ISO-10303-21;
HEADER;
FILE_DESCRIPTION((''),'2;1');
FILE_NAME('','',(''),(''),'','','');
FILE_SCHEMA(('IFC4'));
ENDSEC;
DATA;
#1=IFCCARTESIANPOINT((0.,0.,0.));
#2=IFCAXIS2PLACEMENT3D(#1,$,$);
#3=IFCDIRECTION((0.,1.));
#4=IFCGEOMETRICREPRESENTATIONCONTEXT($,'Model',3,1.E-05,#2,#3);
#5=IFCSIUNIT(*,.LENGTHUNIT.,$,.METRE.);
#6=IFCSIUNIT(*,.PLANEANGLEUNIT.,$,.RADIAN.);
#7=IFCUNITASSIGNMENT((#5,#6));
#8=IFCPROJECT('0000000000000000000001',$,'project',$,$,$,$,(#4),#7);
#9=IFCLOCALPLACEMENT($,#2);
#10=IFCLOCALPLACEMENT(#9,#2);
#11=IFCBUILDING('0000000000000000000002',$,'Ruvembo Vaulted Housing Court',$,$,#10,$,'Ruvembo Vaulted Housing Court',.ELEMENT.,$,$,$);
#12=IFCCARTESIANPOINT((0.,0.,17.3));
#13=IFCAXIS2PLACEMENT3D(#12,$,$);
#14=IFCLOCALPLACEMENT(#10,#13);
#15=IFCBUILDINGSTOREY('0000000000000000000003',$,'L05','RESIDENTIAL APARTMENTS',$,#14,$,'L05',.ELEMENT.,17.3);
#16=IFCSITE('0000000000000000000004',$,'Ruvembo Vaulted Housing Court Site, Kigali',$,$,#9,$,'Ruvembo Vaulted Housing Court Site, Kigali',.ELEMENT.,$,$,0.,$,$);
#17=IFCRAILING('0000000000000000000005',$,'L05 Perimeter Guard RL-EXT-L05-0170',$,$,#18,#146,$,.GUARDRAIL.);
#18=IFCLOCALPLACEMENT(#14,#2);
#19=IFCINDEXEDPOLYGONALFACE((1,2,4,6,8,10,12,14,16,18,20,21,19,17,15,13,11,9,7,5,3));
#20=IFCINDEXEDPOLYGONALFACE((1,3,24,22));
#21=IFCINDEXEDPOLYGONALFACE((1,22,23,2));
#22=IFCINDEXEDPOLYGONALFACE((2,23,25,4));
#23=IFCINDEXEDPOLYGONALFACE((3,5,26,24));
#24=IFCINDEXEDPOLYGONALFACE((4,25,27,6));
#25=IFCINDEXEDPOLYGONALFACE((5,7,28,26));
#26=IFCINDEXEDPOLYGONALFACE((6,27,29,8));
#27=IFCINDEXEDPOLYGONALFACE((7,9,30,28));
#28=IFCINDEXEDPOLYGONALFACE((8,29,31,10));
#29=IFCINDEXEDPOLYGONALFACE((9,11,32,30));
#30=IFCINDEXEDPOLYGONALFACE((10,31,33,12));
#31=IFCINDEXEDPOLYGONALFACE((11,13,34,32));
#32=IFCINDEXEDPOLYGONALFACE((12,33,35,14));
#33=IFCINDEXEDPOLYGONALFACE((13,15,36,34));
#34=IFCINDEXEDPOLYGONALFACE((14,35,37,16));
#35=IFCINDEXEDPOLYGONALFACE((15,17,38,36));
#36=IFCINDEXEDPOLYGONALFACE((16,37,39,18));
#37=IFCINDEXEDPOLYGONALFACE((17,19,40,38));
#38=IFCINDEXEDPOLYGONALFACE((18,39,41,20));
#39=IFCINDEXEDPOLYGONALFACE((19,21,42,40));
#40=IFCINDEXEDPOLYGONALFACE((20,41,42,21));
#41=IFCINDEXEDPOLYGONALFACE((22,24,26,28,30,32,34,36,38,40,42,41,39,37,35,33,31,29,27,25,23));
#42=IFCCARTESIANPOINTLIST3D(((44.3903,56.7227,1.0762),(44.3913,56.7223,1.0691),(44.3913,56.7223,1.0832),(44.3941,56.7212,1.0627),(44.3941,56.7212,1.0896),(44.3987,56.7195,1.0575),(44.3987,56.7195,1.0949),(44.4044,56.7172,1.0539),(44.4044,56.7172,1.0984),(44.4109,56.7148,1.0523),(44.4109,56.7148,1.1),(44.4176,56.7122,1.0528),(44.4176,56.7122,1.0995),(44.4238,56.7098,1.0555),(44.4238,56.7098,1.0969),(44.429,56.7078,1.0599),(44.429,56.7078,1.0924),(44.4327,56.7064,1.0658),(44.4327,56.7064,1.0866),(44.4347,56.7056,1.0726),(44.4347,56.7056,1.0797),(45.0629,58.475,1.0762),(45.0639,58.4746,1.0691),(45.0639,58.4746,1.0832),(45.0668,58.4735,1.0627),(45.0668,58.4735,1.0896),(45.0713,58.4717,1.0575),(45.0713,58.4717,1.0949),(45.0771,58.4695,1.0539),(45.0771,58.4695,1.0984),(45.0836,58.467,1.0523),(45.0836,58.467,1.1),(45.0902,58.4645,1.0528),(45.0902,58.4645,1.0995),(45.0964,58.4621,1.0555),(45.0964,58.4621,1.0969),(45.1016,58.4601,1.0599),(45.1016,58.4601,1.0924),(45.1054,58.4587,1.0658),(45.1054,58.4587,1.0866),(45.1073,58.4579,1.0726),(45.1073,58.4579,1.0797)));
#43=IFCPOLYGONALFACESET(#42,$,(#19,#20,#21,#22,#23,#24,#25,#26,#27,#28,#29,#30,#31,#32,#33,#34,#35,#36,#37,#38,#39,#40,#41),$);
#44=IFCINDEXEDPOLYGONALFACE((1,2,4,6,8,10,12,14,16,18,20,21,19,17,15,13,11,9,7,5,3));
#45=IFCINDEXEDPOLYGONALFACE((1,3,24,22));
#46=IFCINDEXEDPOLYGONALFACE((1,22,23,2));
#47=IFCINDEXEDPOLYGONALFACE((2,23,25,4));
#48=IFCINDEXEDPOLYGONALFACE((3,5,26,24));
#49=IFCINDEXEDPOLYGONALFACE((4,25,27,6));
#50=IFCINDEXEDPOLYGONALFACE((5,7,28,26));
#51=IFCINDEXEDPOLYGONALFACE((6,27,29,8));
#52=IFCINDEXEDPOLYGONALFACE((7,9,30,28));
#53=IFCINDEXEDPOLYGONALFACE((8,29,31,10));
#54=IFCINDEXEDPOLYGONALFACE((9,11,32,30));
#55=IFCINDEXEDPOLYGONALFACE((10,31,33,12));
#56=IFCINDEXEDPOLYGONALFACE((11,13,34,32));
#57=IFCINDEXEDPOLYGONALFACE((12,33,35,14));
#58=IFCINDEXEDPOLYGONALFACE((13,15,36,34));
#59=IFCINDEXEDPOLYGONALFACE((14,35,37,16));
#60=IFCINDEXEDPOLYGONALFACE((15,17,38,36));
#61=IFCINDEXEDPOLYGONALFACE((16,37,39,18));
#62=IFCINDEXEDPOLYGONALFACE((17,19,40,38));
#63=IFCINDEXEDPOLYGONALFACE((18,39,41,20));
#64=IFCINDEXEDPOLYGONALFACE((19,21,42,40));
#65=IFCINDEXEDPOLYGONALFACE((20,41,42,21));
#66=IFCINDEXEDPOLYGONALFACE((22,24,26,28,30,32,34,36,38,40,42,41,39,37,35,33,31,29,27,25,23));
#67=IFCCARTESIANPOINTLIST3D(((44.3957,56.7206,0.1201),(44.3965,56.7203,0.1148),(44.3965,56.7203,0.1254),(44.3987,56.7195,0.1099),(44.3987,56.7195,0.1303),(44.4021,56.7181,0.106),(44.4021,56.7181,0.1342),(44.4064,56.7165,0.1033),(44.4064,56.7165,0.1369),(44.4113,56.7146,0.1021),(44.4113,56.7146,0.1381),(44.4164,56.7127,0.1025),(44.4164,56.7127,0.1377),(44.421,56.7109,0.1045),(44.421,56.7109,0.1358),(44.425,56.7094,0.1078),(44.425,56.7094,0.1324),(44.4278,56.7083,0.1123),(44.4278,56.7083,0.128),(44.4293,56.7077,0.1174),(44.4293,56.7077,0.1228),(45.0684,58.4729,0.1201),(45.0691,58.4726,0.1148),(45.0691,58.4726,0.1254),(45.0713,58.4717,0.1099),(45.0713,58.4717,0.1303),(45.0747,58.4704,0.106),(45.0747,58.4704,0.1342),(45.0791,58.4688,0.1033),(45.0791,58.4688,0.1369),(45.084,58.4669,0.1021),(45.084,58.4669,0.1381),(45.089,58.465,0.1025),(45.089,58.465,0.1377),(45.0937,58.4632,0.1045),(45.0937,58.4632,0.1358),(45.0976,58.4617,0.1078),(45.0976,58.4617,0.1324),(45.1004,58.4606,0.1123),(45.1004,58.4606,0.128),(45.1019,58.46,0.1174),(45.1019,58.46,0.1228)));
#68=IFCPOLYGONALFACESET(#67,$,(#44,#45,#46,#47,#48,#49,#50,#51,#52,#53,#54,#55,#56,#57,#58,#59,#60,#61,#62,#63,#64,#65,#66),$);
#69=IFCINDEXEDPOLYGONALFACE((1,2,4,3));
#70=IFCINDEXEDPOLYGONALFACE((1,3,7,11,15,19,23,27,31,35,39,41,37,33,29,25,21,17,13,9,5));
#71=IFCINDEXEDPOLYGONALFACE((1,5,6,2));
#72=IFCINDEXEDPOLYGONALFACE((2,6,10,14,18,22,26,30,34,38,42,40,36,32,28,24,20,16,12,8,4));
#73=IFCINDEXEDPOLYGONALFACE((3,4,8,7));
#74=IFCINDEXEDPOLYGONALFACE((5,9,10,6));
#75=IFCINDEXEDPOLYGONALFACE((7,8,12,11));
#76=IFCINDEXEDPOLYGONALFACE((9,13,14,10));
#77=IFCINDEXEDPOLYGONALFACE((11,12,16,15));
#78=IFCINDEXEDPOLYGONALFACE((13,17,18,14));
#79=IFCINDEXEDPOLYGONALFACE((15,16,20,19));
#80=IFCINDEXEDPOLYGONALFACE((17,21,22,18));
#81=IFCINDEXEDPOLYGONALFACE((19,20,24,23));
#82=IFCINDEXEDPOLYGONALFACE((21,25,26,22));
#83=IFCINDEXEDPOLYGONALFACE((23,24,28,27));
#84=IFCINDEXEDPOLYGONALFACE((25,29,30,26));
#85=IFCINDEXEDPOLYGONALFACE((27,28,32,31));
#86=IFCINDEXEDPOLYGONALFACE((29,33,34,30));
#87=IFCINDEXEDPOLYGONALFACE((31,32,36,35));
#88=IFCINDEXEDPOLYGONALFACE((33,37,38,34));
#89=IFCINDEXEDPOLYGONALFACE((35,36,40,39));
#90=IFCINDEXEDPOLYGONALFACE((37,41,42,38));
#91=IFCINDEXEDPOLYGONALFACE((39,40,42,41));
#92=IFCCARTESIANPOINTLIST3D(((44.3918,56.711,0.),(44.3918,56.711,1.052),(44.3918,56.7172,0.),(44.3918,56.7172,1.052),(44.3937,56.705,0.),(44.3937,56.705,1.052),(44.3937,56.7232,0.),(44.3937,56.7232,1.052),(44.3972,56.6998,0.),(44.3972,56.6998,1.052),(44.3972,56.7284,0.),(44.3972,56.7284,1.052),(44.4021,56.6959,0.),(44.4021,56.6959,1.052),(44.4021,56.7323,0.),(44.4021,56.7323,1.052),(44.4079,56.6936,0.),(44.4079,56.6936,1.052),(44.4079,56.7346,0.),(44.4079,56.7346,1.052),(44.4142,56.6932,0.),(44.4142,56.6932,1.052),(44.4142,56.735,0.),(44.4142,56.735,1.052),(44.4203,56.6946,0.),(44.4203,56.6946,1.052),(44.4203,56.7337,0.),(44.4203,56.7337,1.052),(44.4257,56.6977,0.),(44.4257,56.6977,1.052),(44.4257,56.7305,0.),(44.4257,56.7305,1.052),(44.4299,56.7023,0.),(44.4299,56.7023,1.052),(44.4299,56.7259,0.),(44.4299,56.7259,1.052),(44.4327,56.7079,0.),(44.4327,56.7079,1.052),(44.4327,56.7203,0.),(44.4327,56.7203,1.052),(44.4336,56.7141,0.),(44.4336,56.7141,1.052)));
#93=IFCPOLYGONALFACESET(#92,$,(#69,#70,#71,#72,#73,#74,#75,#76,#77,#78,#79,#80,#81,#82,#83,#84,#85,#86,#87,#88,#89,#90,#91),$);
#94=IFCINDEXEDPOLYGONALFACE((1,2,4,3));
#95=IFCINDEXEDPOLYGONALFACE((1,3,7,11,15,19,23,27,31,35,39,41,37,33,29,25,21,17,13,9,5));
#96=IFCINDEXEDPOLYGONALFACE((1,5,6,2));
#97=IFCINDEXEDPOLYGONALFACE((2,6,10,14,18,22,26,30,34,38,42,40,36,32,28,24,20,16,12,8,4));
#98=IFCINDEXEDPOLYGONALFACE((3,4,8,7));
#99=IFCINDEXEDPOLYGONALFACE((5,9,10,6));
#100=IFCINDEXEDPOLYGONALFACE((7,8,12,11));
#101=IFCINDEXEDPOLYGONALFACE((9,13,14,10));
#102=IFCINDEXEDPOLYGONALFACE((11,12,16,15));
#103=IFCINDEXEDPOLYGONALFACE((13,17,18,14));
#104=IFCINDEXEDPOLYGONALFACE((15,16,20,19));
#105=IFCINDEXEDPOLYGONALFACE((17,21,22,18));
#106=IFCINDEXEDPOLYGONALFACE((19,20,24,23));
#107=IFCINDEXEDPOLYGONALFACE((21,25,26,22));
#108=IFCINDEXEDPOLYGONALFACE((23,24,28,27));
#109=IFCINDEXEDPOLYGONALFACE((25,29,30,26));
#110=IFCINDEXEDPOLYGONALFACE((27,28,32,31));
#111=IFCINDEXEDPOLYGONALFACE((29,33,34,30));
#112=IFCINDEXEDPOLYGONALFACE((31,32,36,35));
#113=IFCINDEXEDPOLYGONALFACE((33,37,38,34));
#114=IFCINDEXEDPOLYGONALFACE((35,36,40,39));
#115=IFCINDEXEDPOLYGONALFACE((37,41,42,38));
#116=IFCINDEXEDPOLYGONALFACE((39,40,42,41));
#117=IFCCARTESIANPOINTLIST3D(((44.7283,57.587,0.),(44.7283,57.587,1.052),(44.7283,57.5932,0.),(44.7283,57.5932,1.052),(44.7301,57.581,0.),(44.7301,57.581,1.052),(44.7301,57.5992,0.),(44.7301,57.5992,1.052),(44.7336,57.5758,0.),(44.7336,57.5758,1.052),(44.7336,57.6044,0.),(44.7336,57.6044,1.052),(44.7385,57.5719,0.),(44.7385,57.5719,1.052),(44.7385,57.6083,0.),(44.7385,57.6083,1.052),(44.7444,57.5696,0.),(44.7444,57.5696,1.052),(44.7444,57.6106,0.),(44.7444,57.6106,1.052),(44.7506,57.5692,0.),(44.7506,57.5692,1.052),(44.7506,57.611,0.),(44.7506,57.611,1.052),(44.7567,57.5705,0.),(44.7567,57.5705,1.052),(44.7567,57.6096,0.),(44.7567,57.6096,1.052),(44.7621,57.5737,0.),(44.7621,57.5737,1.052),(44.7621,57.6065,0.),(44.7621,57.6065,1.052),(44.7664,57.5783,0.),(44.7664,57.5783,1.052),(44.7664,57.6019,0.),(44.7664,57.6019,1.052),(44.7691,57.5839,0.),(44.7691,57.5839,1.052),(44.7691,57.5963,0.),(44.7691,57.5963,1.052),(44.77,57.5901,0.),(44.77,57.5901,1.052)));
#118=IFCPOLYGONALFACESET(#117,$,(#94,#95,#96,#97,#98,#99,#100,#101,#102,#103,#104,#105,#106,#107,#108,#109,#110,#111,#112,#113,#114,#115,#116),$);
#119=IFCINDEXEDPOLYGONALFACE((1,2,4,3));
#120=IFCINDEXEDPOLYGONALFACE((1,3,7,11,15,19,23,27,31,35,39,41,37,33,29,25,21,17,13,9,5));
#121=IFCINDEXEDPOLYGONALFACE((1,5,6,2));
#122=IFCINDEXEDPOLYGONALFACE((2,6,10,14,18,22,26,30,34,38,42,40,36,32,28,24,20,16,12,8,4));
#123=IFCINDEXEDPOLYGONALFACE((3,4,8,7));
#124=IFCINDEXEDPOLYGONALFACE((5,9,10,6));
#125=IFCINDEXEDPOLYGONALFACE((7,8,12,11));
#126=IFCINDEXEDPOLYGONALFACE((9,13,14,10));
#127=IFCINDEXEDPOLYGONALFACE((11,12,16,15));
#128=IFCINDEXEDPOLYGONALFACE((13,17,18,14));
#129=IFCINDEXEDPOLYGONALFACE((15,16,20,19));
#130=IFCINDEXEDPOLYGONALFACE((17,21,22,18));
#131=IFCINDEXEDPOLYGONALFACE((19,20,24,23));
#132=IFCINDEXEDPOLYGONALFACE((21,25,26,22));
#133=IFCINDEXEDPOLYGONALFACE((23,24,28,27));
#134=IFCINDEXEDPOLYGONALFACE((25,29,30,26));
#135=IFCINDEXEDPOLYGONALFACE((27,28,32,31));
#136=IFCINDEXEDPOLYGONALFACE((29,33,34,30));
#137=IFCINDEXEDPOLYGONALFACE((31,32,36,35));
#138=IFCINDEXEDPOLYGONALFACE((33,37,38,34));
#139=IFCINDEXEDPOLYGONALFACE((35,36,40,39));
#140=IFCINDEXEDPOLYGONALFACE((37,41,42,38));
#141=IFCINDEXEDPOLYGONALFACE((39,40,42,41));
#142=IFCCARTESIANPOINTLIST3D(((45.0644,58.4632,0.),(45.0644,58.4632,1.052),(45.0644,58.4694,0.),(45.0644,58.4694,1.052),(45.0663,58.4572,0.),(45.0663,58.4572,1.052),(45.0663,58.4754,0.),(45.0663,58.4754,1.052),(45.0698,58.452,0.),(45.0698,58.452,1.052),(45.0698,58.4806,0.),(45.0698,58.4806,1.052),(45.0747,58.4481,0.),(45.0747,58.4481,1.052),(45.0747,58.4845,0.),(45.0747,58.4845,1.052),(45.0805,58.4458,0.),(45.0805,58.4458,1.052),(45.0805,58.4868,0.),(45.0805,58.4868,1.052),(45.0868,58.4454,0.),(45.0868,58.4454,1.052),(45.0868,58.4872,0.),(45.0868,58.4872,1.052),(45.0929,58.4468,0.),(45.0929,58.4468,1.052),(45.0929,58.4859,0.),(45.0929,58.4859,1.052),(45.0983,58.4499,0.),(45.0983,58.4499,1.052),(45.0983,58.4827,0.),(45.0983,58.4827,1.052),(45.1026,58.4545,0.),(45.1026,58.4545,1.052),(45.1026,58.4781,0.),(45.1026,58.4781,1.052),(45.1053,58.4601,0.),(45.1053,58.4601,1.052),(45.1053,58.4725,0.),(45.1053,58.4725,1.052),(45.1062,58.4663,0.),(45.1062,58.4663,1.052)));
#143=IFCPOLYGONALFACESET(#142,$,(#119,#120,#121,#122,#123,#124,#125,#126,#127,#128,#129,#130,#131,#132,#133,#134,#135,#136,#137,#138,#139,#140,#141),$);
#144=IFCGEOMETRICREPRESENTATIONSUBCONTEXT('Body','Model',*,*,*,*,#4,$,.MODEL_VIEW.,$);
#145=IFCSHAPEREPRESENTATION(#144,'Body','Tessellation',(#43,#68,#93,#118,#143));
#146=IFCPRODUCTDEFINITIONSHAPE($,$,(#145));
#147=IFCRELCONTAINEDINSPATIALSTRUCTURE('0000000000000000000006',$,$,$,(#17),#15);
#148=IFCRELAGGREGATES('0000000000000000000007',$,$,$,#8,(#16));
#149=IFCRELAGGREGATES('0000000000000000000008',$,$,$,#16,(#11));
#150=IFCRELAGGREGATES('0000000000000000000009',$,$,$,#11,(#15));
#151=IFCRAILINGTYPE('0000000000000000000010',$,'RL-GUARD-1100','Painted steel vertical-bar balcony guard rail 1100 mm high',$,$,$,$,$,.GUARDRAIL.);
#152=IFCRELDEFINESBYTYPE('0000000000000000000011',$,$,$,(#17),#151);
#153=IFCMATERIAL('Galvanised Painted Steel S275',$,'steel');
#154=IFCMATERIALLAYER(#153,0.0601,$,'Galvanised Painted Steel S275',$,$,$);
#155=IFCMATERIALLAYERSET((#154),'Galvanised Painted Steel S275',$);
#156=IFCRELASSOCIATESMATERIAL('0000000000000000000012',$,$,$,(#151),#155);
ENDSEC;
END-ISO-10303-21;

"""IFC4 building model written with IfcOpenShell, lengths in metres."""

from ifc_helpers import new_model, si_unit, direction, frame, origin, origin_2d, place, context, subcontext, project, spatial, circle, extrude, material, layer, layer_set, type_object, element, save


model = new_model("IFC4")

# Units and contexts
model_context = context("Model", 3, precision=1e-05, world=origin(), true_north=direction((0.0, 1.0)))
body_context = subcontext(model_context, "Body", "Model", "MODEL_VIEW")
ifc_project = project(units=[si_unit("LENGTHUNIT", "METRE"), si_unit("PLANEANGLEUNIT", "RADIAN")], contexts=[model_context])

# Site, building, storey
site_placement = place(None, origin())
site = spatial("IfcSite", under=ifc_project, at=site_placement, Name="Ruvembo Vaulted Housing Court Site, Kigali", LongName="Ruvembo Vaulted Housing Court Site, Kigali", CompositionType="ELEMENT", RefElevation=0.0)
building_placement = place(site_placement, origin())
building = spatial("IfcBuilding", under=site, at=building_placement, Name="Ruvembo Vaulted Housing Court", LongName="Ruvembo Vaulted Housing Court", CompositionType="ELEMENT")
storey_placement = place(building_placement, frame((0.0, 0.0, 17.3)))
storey = spatial("IfcBuildingStorey", under=building, at=storey_placement, Name="L05", Description="RESIDENTIAL APARTMENTS", LongName="L05", CompositionType="ELEMENT", Elevation=17.3)

# Railing
ifc_material_1 = material(Name="Galvanised Painted Steel S275", Category="steel")
ifc_layer = layer(ifc_material_1, 0.0601, Name="Galvanised Painted Steel S275")
ifc_layer_set = layer_set([ifc_layer], Name="Galvanised Painted Steel S275")
railing_type = type_object("IfcRailingType", Name="RL-GUARD-1100", Description="Painted steel vertical-bar balcony guard rail 1100 mm high", PredefinedType="GUARDRAIL", material=ifc_layer_set)
railing_1_placement = place(storey_placement, frame((44.4126, 56.7141, 0.0)))
element("IfcRailing", 1, at=railing_1_placement, inside=storey, type_object=railing_type, Name="L05 Perimeter Guard RL-EXT-L05-0170", PredefinedType="GUARDRAIL", context=body_context, shape_type="SweptSolid", body=[
    extrude(circle(Radius=0.0239, at=origin_2d()), frame((0.0, 0.0, 1.0762), z_axis=(0.358369, 0.93358, 0.0), x_axis=(-0.93358, 0.358369, 0.0)), (0.0, 0.0, 1.0), 1.877),
    extrude(circle(Radius=0.0181, at=origin_2d()), frame((0.0, 0.0, 0.1201), z_axis=(0.358369, 0.93358, 0.0), x_axis=(-0.93358, 0.358369, 0.0)), (0.0, 0.0, 1.0), 1.877),
    extrude(circle(Radius=0.021, at=origin_2d()), origin(), (0.0, 0.0, 1.0), 1.052),
    extrude(circle(Radius=0.021, at=origin_2d()), frame((0.3364, 0.876, 0.0)), (0.0, 0.0, 1.0), 1.052),
    extrude(circle(Radius=0.021, at=origin_2d()), frame((0.6726, 1.7522, 0.0)), (0.0, 0.0, 1.0), 1.052),
])

save(model, "model.ifc")
